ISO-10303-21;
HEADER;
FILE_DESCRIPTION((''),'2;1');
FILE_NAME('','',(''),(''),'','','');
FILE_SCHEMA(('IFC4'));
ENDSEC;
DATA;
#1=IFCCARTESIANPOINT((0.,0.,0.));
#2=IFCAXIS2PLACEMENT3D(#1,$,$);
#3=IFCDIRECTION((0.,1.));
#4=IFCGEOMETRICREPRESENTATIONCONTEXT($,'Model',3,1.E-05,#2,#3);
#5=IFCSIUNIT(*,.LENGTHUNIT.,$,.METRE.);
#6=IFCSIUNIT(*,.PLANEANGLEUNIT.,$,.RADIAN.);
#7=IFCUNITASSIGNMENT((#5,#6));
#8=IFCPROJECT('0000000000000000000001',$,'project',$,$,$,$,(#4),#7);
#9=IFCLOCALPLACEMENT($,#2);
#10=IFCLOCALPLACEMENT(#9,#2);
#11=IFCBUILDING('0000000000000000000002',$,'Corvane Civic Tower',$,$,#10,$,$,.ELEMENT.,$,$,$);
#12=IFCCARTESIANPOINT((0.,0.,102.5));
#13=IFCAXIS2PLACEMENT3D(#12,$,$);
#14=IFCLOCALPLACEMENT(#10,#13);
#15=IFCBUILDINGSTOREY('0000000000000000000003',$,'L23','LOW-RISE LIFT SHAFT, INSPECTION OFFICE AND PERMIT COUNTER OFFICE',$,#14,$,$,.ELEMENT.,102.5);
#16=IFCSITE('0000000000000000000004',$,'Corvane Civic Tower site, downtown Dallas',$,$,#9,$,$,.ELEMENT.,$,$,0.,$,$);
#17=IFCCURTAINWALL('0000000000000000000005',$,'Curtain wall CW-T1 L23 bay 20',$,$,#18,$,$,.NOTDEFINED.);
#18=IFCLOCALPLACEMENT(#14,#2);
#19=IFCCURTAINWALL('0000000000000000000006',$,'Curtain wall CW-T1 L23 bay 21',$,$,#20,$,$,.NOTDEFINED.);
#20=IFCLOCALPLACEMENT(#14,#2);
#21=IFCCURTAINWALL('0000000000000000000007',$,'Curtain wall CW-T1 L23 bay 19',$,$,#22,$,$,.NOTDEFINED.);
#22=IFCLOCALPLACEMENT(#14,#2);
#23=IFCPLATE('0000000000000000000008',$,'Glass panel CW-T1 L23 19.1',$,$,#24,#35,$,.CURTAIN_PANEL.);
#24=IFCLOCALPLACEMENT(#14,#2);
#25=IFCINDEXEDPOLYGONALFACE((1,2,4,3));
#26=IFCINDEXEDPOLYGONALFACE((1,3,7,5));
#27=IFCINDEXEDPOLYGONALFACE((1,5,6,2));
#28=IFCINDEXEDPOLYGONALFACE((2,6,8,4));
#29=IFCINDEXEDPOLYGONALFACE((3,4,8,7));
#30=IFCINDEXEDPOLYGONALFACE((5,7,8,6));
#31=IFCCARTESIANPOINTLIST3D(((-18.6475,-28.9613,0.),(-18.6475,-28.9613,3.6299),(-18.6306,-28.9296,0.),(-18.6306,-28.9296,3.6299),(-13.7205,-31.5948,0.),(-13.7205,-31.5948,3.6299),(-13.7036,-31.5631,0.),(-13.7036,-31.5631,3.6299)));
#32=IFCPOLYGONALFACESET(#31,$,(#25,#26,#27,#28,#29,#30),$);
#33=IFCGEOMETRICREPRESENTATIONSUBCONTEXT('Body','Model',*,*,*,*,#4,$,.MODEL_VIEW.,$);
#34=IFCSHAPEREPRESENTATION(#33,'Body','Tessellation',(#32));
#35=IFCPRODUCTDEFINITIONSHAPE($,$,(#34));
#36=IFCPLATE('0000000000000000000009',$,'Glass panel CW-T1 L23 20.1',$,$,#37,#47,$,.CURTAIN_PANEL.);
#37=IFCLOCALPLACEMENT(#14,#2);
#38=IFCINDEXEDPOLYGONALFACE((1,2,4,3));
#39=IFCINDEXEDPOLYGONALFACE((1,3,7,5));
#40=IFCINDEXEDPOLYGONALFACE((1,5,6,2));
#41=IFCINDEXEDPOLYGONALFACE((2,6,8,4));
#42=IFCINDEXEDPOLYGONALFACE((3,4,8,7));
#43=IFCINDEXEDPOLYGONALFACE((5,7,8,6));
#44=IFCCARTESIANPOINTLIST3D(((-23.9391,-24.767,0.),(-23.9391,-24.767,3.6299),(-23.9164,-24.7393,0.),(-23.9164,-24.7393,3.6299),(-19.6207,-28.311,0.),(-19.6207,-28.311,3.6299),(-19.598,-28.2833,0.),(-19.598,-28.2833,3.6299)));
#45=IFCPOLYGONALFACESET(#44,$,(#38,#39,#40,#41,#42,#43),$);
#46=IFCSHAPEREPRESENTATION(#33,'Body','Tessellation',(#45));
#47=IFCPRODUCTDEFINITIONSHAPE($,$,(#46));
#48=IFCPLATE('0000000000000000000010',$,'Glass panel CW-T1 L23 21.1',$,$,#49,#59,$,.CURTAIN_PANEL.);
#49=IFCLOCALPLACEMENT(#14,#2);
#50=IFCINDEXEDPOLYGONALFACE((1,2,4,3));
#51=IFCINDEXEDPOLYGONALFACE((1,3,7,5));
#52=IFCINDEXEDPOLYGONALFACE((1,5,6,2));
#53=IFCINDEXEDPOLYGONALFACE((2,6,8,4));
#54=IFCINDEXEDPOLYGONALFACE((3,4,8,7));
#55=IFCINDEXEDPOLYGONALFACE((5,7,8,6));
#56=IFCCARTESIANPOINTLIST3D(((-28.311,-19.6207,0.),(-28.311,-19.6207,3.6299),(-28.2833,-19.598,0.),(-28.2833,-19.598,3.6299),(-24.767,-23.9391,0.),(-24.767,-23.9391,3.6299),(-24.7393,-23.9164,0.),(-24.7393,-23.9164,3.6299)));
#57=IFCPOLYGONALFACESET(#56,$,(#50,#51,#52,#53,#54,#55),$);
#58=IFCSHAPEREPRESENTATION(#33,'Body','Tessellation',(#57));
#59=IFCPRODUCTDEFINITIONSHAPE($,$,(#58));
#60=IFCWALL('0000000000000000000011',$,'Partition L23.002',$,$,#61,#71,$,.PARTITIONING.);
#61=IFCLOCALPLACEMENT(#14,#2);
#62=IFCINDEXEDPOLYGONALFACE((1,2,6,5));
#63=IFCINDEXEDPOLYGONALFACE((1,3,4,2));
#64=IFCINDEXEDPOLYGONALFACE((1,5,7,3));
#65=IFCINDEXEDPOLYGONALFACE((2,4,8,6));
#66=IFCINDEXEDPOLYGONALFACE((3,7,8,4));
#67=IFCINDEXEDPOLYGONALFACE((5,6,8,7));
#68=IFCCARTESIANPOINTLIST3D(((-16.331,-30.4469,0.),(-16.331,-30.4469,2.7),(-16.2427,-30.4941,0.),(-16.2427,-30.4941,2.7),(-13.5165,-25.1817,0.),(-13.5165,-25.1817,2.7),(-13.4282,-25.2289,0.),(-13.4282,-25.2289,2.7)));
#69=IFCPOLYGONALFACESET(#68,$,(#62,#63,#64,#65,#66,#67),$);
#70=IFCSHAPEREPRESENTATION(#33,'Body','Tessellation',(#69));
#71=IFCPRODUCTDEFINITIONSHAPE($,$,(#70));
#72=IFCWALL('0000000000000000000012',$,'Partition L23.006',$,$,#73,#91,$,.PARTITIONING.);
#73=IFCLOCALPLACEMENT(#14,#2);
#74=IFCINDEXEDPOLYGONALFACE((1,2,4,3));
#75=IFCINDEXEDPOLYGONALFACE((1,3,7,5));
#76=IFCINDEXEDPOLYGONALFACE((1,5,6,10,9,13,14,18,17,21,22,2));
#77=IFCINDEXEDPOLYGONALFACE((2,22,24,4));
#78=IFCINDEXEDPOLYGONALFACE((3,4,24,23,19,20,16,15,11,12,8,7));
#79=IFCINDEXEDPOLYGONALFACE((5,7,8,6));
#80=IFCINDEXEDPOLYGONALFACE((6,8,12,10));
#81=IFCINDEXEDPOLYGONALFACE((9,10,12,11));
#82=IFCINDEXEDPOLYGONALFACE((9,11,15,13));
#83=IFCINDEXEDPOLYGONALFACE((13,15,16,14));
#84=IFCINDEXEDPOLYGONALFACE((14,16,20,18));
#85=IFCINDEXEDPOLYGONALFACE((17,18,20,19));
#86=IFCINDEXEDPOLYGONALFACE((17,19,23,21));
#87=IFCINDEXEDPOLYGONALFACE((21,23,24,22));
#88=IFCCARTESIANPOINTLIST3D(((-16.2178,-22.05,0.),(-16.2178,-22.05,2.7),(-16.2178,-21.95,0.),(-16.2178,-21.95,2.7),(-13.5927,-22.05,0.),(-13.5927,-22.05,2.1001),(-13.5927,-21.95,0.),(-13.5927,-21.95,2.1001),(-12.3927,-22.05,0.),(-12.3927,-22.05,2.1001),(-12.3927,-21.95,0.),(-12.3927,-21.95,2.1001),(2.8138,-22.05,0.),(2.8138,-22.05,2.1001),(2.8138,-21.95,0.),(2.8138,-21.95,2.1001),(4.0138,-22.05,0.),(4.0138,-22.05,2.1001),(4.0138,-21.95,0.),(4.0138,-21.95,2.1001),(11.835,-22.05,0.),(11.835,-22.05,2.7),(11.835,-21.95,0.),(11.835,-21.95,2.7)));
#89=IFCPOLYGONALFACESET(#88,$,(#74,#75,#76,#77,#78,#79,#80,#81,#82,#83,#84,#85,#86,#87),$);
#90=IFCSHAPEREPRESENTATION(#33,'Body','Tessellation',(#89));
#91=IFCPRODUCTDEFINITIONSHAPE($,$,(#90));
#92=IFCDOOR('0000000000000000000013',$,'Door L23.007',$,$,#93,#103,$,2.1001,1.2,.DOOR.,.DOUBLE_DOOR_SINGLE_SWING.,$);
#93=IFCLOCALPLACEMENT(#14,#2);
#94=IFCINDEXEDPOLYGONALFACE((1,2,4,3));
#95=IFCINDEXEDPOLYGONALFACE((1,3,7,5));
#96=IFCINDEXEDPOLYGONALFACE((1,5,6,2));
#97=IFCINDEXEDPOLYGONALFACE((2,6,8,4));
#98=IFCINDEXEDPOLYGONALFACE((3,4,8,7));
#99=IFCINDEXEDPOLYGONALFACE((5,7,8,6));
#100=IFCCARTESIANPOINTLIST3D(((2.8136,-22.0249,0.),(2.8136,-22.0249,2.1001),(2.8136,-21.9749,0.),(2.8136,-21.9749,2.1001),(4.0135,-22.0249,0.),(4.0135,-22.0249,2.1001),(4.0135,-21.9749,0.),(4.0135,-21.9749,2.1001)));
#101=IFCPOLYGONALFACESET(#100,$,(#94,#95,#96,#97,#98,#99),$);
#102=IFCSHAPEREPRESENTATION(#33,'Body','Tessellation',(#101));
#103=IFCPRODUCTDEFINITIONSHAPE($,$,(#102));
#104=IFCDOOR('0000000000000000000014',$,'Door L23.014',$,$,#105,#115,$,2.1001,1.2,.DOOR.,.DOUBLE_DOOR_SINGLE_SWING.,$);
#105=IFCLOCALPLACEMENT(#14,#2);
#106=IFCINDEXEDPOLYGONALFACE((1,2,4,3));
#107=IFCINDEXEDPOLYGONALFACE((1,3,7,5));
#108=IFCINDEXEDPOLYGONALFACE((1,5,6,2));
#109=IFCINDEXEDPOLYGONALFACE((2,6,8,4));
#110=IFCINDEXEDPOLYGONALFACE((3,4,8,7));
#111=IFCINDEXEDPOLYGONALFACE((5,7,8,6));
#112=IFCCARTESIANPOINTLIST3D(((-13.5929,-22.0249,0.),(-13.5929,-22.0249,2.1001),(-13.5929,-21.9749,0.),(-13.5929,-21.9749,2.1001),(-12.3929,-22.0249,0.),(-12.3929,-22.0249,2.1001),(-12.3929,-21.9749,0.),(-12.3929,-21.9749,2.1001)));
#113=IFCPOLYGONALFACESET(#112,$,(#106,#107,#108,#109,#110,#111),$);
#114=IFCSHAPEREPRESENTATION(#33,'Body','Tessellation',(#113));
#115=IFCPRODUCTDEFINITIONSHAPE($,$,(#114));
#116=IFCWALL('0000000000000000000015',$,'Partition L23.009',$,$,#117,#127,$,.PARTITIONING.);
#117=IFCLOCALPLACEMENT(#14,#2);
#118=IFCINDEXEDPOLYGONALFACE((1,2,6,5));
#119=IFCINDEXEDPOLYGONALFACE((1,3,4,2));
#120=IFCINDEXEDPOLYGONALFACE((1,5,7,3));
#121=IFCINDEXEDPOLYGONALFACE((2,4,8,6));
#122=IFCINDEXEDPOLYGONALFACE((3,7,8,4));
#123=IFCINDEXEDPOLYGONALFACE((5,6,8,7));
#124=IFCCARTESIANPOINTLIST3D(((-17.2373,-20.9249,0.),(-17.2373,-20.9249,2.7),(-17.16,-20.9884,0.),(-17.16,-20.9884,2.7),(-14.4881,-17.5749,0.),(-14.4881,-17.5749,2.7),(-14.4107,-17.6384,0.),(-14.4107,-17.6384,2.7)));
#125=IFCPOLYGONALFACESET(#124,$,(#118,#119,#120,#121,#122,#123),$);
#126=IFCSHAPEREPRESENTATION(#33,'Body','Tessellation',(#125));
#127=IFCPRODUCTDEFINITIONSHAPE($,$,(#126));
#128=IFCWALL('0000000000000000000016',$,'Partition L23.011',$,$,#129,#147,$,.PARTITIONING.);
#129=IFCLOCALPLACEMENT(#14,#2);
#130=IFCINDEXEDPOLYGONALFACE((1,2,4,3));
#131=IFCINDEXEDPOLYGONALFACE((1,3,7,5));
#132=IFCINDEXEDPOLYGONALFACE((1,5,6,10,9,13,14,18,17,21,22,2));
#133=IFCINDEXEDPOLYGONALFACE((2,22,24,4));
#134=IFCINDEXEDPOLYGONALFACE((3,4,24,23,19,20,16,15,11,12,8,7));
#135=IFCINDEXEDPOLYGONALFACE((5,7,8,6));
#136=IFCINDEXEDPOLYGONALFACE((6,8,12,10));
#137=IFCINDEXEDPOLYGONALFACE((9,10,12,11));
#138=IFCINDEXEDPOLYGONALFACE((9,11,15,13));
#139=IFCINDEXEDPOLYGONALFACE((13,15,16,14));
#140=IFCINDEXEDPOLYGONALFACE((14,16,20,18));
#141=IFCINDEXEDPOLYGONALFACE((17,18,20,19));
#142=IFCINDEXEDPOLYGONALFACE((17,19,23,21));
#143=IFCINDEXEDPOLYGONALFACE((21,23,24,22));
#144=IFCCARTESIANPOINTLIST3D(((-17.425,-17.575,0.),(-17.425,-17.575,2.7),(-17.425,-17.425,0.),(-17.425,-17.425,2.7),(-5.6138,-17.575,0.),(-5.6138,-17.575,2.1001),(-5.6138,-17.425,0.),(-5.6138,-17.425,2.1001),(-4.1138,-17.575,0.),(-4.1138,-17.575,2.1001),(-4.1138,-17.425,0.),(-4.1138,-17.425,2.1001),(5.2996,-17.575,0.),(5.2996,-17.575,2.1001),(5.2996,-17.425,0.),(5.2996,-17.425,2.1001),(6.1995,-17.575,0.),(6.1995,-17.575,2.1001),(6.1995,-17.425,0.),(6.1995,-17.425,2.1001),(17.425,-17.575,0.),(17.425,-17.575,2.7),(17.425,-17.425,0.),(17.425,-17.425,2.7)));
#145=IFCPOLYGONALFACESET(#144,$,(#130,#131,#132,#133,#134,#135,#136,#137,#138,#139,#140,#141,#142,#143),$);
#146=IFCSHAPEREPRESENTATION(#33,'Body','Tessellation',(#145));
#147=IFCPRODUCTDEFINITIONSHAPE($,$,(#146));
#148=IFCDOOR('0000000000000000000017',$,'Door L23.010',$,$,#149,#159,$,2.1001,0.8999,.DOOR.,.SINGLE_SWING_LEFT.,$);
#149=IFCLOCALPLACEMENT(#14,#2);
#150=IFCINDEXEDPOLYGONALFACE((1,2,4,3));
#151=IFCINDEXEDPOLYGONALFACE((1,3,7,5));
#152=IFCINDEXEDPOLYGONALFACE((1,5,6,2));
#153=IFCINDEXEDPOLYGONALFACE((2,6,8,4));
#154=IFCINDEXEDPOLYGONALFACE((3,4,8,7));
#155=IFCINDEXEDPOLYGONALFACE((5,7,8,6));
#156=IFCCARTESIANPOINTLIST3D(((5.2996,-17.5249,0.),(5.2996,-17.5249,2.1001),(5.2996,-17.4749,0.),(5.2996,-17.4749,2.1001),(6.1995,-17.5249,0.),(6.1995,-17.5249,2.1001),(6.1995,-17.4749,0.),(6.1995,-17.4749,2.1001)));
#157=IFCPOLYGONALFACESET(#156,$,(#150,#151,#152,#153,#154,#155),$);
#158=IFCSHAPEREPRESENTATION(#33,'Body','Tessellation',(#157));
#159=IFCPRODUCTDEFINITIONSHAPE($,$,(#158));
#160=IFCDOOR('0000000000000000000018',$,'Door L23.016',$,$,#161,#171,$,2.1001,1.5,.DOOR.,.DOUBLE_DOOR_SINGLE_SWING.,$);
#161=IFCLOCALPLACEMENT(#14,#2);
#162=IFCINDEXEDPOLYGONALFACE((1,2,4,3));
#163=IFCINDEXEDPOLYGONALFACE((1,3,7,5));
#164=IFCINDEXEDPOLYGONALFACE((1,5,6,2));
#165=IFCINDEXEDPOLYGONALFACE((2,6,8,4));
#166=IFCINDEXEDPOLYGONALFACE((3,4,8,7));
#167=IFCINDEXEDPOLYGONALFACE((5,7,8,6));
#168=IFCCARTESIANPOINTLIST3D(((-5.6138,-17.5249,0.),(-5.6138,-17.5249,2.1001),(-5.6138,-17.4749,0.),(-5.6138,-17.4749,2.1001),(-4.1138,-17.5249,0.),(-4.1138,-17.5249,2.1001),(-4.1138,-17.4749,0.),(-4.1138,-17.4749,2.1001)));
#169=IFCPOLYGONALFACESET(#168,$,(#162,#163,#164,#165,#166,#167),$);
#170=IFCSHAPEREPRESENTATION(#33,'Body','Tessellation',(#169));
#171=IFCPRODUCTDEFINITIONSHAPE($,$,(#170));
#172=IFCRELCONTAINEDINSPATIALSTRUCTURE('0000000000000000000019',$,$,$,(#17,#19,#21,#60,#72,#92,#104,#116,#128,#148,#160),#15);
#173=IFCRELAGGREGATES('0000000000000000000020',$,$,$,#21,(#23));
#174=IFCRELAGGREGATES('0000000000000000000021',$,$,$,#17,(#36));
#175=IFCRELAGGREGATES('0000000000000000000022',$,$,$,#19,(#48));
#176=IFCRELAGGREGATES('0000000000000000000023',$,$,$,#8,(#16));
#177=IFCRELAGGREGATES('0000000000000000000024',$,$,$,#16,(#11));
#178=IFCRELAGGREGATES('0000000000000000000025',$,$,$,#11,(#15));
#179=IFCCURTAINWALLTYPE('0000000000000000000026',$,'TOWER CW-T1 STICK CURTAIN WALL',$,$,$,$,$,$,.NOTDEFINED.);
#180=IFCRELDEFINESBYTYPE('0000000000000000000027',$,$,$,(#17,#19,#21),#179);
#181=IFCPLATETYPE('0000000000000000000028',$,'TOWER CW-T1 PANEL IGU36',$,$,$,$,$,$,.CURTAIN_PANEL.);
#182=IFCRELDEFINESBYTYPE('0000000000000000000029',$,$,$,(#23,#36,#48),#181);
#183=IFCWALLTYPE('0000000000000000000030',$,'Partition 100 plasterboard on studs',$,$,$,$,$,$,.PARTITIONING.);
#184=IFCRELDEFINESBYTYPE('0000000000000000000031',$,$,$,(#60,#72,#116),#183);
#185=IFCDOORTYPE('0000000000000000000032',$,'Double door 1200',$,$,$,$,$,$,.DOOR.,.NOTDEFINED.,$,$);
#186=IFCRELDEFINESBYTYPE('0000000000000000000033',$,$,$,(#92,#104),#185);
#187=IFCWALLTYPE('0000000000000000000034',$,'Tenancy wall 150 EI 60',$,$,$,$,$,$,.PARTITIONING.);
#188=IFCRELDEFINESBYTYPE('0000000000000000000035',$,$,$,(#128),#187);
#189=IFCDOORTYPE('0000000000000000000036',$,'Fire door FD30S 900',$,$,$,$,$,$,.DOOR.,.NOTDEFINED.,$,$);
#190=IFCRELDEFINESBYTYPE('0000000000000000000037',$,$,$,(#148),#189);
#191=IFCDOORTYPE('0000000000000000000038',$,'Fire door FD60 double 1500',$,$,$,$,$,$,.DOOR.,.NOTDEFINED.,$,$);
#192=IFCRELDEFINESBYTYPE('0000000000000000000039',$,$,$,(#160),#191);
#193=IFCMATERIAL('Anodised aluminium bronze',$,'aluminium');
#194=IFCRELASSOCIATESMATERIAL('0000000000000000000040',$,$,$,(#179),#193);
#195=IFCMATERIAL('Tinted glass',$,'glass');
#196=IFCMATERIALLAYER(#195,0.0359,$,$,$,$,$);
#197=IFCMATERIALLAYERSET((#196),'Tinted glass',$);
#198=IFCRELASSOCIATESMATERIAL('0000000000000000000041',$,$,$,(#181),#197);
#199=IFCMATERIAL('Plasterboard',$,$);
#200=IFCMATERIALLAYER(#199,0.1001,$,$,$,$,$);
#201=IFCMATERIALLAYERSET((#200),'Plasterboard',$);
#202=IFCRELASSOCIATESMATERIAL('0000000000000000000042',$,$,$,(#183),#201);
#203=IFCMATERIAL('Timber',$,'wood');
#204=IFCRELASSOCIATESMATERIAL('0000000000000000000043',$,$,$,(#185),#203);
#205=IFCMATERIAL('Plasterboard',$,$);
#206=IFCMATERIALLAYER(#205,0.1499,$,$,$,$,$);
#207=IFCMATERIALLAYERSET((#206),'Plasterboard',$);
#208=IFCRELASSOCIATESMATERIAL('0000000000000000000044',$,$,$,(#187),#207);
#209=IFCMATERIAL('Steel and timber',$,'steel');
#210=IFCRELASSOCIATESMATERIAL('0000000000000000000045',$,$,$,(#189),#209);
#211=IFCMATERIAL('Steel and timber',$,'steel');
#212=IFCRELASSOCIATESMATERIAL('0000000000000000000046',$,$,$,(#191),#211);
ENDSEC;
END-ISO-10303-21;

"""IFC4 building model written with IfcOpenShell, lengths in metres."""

from ifc_helpers import new_model, si_unit, direction, frame, frame_2d, origin, origin_2d, place, context, subcontext, project, spatial, rectangle, extrude, material, layer, layer_set, type_object, element, fill, aggregate, save


model = new_model("IFC4")

# Units and contexts
model_context = context("Model", 3, precision=1e-05, world=origin(), true_north=direction((0.0, 1.0)))
body_context = subcontext(model_context, "Body", "Model", "MODEL_VIEW")
ifc_project = project(units=[si_unit("LENGTHUNIT", "METRE"), si_unit("PLANEANGLEUNIT", "RADIAN")], contexts=[model_context])

# Site, building, storey
site_placement = place(None, origin())
site = spatial("IfcSite", under=ifc_project, at=site_placement, Name="Corvane Civic Tower site, downtown Dallas", CompositionType="ELEMENT", RefElevation=0.0)
building_placement = place(site_placement, origin())
building = spatial("IfcBuilding", under=site, at=building_placement, Name="Corvane Civic Tower", CompositionType="ELEMENT")
storey_placement = place(building_placement, frame((0.0, 0.0, 102.5)))
storey = spatial("IfcBuildingStorey", under=building, at=storey_placement, Name="L23", Description="LOW-RISE LIFT SHAFT, INSPECTION OFFICE AND PERMIT COUNTER OFFICE", CompositionType="ELEMENT", Elevation=102.5)

# Curtain walls
ifc_material_1 = material(Name="Anodised aluminium bronze", Category="aluminium")
curtain_wall_type = type_object("IfcCurtainWallType", Name="TOWER CW-T1 STICK CURTAIN WALL", PredefinedType="NOTDEFINED", material=ifc_material_1)
curtain_wall_1_placement = place(storey_placement, origin())
curtain_wall_1 = element("IfcCurtainWall", 1, at=curtain_wall_1_placement, inside=storey, type_object=curtain_wall_type, Name="Curtain wall CW-T1 L23 bay 20", PredefinedType="NOTDEFINED")
curtain_wall_2_placement = place(storey_placement, origin())
curtain_wall_2 = element("IfcCurtainWall", 2, at=curtain_wall_2_placement, inside=storey, type_object=curtain_wall_type, Name="Curtain wall CW-T1 L23 bay 21", PredefinedType="NOTDEFINED")

# Curtain wall, plate
curtain_wall_3_placement = place(storey_placement, origin())
curtain_wall_3 = element("IfcCurtainWall", 3, at=curtain_wall_3_placement, inside=storey, type_object=curtain_wall_type, Name="Curtain wall CW-T1 L23 bay 19", PredefinedType="NOTDEFINED")
ifc_material_2 = material(Name="Tinted glass", Category="glass")
ifc_layer_1 = layer(ifc_material_2, 0.0359)
ifc_layer_set_1 = layer_set([ifc_layer_1], Name="Tinted glass")
plate_type = type_object("IfcPlateType", Name="TOWER CW-T1 PANEL IGU36", PredefinedType="CURTAIN_PANEL", material=ifc_layer_set_1)
plate_1_placement = place(storey_placement, frame((-16.1755, -30.2622, 0.0), z_axis=(0.0, 0.0, 1.0), x_axis=(-0.881924, 0.471392, 0.0)))
plate_1 = element("IfcPlate", 4, at=plate_1_placement, type_object=plate_type, Name="Glass panel CW-T1 L23 19.1", PredefinedType="CURTAIN_PANEL", context=body_context, shape_type="SweptSolid", body=[
    extrude(rectangle(XDim=5.5867, YDim=0.0359, at=origin_2d()), origin(), (0.0, 0.0, 1.0), 3.6299),
])
aggregate(curtain_wall_3, [plate_1])

# Plates
plate_2_placement = place(storey_placement, frame((-21.7686, -26.5251, 0.0), z_axis=(0.0, 0.0, 1.0), x_axis=(-0.773013, 0.63439, 0.0)))
plate_2 = element("IfcPlate", 5, at=plate_2_placement, type_object=plate_type, Name="Glass panel CW-T1 L23 20.1", PredefinedType="CURTAIN_PANEL", context=body_context, shape_type="SweptSolid", body=[
    extrude(rectangle(XDim=5.5864, YDim=0.0359, at=origin_2d()), origin(), (0.0, 0.0, 1.0), 3.6299),
])
aggregate(curtain_wall_1, [plate_2])
plate_3_placement = place(storey_placement, frame((-26.5251, -21.7686, 0.0), z_axis=(0.0, 0.0, 1.0), x_axis=(-0.63439, 0.773013, 0.0)))
plate_3 = element("IfcPlate", 6, at=plate_3_placement, type_object=plate_type, Name="Glass panel CW-T1 L23 21.1", PredefinedType="CURTAIN_PANEL", context=body_context, shape_type="SweptSolid", body=[
    extrude(rectangle(XDim=5.5864, YDim=0.0359, at=origin_2d()), origin(), (0.0, 0.0, 1.0), 3.6299),
])
aggregate(curtain_wall_2, [plate_3])

# Wall
ifc_material_3 = material(Name="Plasterboard")
ifc_layer_2 = layer(ifc_material_3, 0.1001)
ifc_layer_set_2 = layer_set([ifc_layer_2], Name="Plasterboard")
wall_type_1 = type_object("IfcWallType", Name="Partition 100 plasterboard on studs", PredefinedType="PARTITIONING", material=ifc_layer_set_2)
wall_1_placement = place(storey_placement, frame((-16.2869, -30.4705, 0.0), z_axis=(0.0, 0.0, 1.0), x_axis=(0.47142, 0.881909, 0.0)))
element("IfcWall", 7, at=wall_1_placement, inside=storey, type_object=wall_type_1, Name="Partition L23.002", PredefinedType="PARTITIONING", context=body_context, shape_type="SweptSolid", body=[
    extrude(rectangle(XDim=5.9702, YDim=0.1001, at=frame_2d((2.9851, 0.0))), origin(), (0.0, 0.0, 1.0), 2.7),
])

# Wall, openings, doors
wall_2_placement = place(storey_placement, frame((-16.2178, -22.0, 0.0), z_axis=(0.0, 0.0, 1.0), x_axis=(1.0, 0.0, 0.0)))
wall_2 = element("IfcWall", 8, at=wall_2_placement, inside=storey, type_object=wall_type_1, Name="Partition L23.006", PredefinedType="PARTITIONING", context=body_context, shape_type="SweptSolid", body=[
    extrude(rectangle(XDim=28.0527, YDim=0.1001, at=frame_2d((14.0264, 0.0))), origin(), (0.0, 0.0, 1.0), 2.7),
])
opening_1_placement = place(wall_2_placement, frame((19.0315, 0.0, 0.0)))
opening_1 = element("IfcOpeningElement", 9, at=opening_1_placement, cuts=wall_2, PredefinedType="OPENING", context=body_context, shape_type="SweptSolid", body=[
    extrude(rectangle(XDim=1.2, YDim=2.1001, at=frame_2d((0.6001, 1.05))), frame((0.0, 0.0601, 0.0), z_axis=(0.0, -1.0, 0.0), x_axis=(1.0, 0.0, 0.0)), (0.0, 0.0, 1.0), 0.1201),
])
opening_2_placement = place(wall_2_placement, frame((2.625, 0.0, 0.0)))
opening_2 = element("IfcOpeningElement", 10, at=opening_2_placement, cuts=wall_2, PredefinedType="OPENING", context=body_context, shape_type="SweptSolid", body=[
    extrude(rectangle(XDim=1.2, YDim=2.1001, at=frame_2d((0.6001, 1.05))), frame((0.0, 0.0601, 0.0), z_axis=(0.0, -1.0, 0.0), x_axis=(1.0, 0.0, 0.0)), (0.0, 0.0, 1.0), 0.1201),
])
ifc_material_4 = material(Name="Timber", Category="wood")
door_type_1 = type_object("IfcDoorType", Name="Double door 1200", OperationType="NOTDEFINED", PredefinedType="DOOR", material=ifc_material_4)
door_1_placement = place(opening_1_placement, frame((1.2, 0.0, 0.0), z_axis=(0.0, 0.0, 1.0), x_axis=(-1.0, 0.0, 0.0)))
door_1 = element("IfcDoor", 11, at=door_1_placement, inside=storey, type_object=door_type_1, Name="Door L23.007", OperationType="DOUBLE_DOOR_SINGLE_SWING", OverallHeight=2.1001, OverallWidth=1.2, PredefinedType="DOOR", context=body_context, shape_type="SweptSolid", body=[
    extrude(rectangle(XDim=1.2, YDim=2.1001, at=frame_2d((0.6001, 1.05))), frame((0.0, 0.0249, 0.0), z_axis=(0.0, -1.0, 0.0), x_axis=(1.0, 0.0, 0.0)), (0.0, 0.0, 1.0), 0.05),
])
fill(opening_1, door_1)
door_2_placement = place(opening_2_placement, frame((1.2, 0.0, 0.0), z_axis=(0.0, 0.0, 1.0), x_axis=(-1.0, 0.0, 0.0)))
door_2 = element("IfcDoor", 12, at=door_2_placement, inside=storey, type_object=door_type_1, Name="Door L23.014", OperationType="DOUBLE_DOOR_SINGLE_SWING", OverallHeight=2.1001, OverallWidth=1.2, PredefinedType="DOOR", context=body_context, shape_type="SweptSolid", body=[
    extrude(rectangle(XDim=1.2, YDim=2.1001, at=frame_2d((0.6001, 1.05))), frame((0.0, 0.0249, 0.0), z_axis=(0.0, -1.0, 0.0), x_axis=(1.0, 0.0, 0.0)), (0.0, 0.0, 1.0), 0.05),
])
fill(opening_2, door_2)

# Wall
wall_3_placement = place(storey_placement, frame((-17.1987, -20.9568, 0.0), z_axis=(0.0, 0.0, 1.0), x_axis=(0.634381, 0.77302, 0.0)))
element("IfcWall", 13, at=wall_3_placement, inside=storey, type_object=wall_type_1, Name="Partition L23.009", PredefinedType="PARTITIONING", context=body_context, shape_type="SweptSolid", body=[
    extrude(rectangle(XDim=4.3337, YDim=0.1001, at=frame_2d((2.167, 0.0))), origin(), (0.0, 0.0, 1.0), 2.7),
])

# Wall, openings, doors
ifc_material_5 = material(Name="Plasterboard")
ifc_layer_3 = layer(ifc_material_5, 0.1499)
ifc_layer_set_3 = layer_set([ifc_layer_3], Name="Plasterboard")
wall_type_2 = type_object("IfcWallType", Name="Tenancy wall 150 EI 60", PredefinedType="PARTITIONING", material=ifc_layer_set_3)
wall_4_placement = place(storey_placement, frame((-17.425, -17.5, 0.0), z_axis=(0.0, 0.0, 1.0), x_axis=(1.0, 0.0, 0.0)))
wall_4 = element("IfcWall", 14, at=wall_4_placement, inside=storey, type_object=wall_type_2, Name="Partition L23.011", PredefinedType="PARTITIONING", context=body_context, shape_type="SweptSolid", body=[
    extrude(rectangle(XDim=34.8501, YDim=0.1499, at=frame_2d((17.425, 0.0))), origin(), (0.0, 0.0, 1.0), 2.7),
])
opening_3_placement = place(wall_4_placement, frame((22.7246, 0.0, 0.0)))
opening_3 = element("IfcOpeningElement", 15, at=opening_3_placement, cuts=wall_4, PredefinedType="OPENING", context=body_context, shape_type="SweptSolid", body=[
    extrude(rectangle(XDim=0.8999, YDim=2.1001, at=frame_2d((0.45, 1.05))), frame((0.0, 0.085, 0.0), z_axis=(0.0, -1.0, 0.0), x_axis=(1.0, 0.0, 0.0)), (0.0, 0.0, 1.0), 0.1699),
])
opening_4_placement = place(wall_4_placement, frame((11.8113, 0.0, 0.0)))
opening_4 = element("IfcOpeningElement", 16, at=opening_4_placement, cuts=wall_4, PredefinedType="OPENING", context=body_context, shape_type="SweptSolid", body=[
    extrude(rectangle(XDim=1.5, YDim=2.1001, at=frame_2d((0.75, 1.05))), frame((0.0, 0.085, 0.0), z_axis=(0.0, -1.0, 0.0), x_axis=(1.0, 0.0, 0.0)), (0.0, 0.0, 1.0), 0.1699),
])
ifc_material_6 = material(Name="Steel and timber", Category="steel")
door_type_2 = type_object("IfcDoorType", Name="Fire door FD30S 900", OperationType="NOTDEFINED", PredefinedType="DOOR", material=ifc_material_6)
door_3_placement = place(opening_3_placement, frame((0.8999, 0.0, 0.0), z_axis=(0.0, 0.0, 1.0), x_axis=(-1.0, 0.0, 0.0)))
door_3 = element("IfcDoor", 17, at=door_3_placement, inside=storey, type_object=door_type_2, Name="Door L23.010", OperationType="SINGLE_SWING_LEFT", OverallHeight=2.1001, OverallWidth=0.8999, PredefinedType="DOOR", context=body_context, shape_type="SweptSolid", body=[
    extrude(rectangle(XDim=0.8999, YDim=2.1001, at=frame_2d((0.45, 1.05))), frame((0.0, 0.0249, 0.0), z_axis=(0.0, -1.0, 0.0), x_axis=(1.0, 0.0, 0.0)), (0.0, 0.0, 1.0), 0.05),
])
fill(opening_3, door_3)
ifc_material_7 = material(Name="Steel and timber", Category="steel")
door_type_3 = type_object("IfcDoorType", Name="Fire door FD60 double 1500", OperationType="NOTDEFINED", PredefinedType="DOOR", material=ifc_material_7)
door_4_placement = place(opening_4_placement, frame((1.5, 0.0, 0.0), z_axis=(0.0, 0.0, 1.0), x_axis=(-1.0, 0.0, 0.0)))
door_4 = element("IfcDoor", 18, at=door_4_placement, inside=storey, type_object=door_type_3, Name="Door L23.016", OperationType="DOUBLE_DOOR_SINGLE_SWING", OverallHeight=2.1001, OverallWidth=1.5, PredefinedType="DOOR", context=body_context, shape_type="SweptSolid", body=[
    extrude(rectangle(XDim=1.5, YDim=2.1001, at=frame_2d((0.75, 1.05))), frame((0.0, 0.0249, 0.0), z_axis=(0.0, -1.0, 0.0), x_axis=(1.0, 0.0, 0.0)), (0.0, 0.0, 1.0), 0.05),
])
fill(opening_4, door_4)

save(model, "model.ifc")
